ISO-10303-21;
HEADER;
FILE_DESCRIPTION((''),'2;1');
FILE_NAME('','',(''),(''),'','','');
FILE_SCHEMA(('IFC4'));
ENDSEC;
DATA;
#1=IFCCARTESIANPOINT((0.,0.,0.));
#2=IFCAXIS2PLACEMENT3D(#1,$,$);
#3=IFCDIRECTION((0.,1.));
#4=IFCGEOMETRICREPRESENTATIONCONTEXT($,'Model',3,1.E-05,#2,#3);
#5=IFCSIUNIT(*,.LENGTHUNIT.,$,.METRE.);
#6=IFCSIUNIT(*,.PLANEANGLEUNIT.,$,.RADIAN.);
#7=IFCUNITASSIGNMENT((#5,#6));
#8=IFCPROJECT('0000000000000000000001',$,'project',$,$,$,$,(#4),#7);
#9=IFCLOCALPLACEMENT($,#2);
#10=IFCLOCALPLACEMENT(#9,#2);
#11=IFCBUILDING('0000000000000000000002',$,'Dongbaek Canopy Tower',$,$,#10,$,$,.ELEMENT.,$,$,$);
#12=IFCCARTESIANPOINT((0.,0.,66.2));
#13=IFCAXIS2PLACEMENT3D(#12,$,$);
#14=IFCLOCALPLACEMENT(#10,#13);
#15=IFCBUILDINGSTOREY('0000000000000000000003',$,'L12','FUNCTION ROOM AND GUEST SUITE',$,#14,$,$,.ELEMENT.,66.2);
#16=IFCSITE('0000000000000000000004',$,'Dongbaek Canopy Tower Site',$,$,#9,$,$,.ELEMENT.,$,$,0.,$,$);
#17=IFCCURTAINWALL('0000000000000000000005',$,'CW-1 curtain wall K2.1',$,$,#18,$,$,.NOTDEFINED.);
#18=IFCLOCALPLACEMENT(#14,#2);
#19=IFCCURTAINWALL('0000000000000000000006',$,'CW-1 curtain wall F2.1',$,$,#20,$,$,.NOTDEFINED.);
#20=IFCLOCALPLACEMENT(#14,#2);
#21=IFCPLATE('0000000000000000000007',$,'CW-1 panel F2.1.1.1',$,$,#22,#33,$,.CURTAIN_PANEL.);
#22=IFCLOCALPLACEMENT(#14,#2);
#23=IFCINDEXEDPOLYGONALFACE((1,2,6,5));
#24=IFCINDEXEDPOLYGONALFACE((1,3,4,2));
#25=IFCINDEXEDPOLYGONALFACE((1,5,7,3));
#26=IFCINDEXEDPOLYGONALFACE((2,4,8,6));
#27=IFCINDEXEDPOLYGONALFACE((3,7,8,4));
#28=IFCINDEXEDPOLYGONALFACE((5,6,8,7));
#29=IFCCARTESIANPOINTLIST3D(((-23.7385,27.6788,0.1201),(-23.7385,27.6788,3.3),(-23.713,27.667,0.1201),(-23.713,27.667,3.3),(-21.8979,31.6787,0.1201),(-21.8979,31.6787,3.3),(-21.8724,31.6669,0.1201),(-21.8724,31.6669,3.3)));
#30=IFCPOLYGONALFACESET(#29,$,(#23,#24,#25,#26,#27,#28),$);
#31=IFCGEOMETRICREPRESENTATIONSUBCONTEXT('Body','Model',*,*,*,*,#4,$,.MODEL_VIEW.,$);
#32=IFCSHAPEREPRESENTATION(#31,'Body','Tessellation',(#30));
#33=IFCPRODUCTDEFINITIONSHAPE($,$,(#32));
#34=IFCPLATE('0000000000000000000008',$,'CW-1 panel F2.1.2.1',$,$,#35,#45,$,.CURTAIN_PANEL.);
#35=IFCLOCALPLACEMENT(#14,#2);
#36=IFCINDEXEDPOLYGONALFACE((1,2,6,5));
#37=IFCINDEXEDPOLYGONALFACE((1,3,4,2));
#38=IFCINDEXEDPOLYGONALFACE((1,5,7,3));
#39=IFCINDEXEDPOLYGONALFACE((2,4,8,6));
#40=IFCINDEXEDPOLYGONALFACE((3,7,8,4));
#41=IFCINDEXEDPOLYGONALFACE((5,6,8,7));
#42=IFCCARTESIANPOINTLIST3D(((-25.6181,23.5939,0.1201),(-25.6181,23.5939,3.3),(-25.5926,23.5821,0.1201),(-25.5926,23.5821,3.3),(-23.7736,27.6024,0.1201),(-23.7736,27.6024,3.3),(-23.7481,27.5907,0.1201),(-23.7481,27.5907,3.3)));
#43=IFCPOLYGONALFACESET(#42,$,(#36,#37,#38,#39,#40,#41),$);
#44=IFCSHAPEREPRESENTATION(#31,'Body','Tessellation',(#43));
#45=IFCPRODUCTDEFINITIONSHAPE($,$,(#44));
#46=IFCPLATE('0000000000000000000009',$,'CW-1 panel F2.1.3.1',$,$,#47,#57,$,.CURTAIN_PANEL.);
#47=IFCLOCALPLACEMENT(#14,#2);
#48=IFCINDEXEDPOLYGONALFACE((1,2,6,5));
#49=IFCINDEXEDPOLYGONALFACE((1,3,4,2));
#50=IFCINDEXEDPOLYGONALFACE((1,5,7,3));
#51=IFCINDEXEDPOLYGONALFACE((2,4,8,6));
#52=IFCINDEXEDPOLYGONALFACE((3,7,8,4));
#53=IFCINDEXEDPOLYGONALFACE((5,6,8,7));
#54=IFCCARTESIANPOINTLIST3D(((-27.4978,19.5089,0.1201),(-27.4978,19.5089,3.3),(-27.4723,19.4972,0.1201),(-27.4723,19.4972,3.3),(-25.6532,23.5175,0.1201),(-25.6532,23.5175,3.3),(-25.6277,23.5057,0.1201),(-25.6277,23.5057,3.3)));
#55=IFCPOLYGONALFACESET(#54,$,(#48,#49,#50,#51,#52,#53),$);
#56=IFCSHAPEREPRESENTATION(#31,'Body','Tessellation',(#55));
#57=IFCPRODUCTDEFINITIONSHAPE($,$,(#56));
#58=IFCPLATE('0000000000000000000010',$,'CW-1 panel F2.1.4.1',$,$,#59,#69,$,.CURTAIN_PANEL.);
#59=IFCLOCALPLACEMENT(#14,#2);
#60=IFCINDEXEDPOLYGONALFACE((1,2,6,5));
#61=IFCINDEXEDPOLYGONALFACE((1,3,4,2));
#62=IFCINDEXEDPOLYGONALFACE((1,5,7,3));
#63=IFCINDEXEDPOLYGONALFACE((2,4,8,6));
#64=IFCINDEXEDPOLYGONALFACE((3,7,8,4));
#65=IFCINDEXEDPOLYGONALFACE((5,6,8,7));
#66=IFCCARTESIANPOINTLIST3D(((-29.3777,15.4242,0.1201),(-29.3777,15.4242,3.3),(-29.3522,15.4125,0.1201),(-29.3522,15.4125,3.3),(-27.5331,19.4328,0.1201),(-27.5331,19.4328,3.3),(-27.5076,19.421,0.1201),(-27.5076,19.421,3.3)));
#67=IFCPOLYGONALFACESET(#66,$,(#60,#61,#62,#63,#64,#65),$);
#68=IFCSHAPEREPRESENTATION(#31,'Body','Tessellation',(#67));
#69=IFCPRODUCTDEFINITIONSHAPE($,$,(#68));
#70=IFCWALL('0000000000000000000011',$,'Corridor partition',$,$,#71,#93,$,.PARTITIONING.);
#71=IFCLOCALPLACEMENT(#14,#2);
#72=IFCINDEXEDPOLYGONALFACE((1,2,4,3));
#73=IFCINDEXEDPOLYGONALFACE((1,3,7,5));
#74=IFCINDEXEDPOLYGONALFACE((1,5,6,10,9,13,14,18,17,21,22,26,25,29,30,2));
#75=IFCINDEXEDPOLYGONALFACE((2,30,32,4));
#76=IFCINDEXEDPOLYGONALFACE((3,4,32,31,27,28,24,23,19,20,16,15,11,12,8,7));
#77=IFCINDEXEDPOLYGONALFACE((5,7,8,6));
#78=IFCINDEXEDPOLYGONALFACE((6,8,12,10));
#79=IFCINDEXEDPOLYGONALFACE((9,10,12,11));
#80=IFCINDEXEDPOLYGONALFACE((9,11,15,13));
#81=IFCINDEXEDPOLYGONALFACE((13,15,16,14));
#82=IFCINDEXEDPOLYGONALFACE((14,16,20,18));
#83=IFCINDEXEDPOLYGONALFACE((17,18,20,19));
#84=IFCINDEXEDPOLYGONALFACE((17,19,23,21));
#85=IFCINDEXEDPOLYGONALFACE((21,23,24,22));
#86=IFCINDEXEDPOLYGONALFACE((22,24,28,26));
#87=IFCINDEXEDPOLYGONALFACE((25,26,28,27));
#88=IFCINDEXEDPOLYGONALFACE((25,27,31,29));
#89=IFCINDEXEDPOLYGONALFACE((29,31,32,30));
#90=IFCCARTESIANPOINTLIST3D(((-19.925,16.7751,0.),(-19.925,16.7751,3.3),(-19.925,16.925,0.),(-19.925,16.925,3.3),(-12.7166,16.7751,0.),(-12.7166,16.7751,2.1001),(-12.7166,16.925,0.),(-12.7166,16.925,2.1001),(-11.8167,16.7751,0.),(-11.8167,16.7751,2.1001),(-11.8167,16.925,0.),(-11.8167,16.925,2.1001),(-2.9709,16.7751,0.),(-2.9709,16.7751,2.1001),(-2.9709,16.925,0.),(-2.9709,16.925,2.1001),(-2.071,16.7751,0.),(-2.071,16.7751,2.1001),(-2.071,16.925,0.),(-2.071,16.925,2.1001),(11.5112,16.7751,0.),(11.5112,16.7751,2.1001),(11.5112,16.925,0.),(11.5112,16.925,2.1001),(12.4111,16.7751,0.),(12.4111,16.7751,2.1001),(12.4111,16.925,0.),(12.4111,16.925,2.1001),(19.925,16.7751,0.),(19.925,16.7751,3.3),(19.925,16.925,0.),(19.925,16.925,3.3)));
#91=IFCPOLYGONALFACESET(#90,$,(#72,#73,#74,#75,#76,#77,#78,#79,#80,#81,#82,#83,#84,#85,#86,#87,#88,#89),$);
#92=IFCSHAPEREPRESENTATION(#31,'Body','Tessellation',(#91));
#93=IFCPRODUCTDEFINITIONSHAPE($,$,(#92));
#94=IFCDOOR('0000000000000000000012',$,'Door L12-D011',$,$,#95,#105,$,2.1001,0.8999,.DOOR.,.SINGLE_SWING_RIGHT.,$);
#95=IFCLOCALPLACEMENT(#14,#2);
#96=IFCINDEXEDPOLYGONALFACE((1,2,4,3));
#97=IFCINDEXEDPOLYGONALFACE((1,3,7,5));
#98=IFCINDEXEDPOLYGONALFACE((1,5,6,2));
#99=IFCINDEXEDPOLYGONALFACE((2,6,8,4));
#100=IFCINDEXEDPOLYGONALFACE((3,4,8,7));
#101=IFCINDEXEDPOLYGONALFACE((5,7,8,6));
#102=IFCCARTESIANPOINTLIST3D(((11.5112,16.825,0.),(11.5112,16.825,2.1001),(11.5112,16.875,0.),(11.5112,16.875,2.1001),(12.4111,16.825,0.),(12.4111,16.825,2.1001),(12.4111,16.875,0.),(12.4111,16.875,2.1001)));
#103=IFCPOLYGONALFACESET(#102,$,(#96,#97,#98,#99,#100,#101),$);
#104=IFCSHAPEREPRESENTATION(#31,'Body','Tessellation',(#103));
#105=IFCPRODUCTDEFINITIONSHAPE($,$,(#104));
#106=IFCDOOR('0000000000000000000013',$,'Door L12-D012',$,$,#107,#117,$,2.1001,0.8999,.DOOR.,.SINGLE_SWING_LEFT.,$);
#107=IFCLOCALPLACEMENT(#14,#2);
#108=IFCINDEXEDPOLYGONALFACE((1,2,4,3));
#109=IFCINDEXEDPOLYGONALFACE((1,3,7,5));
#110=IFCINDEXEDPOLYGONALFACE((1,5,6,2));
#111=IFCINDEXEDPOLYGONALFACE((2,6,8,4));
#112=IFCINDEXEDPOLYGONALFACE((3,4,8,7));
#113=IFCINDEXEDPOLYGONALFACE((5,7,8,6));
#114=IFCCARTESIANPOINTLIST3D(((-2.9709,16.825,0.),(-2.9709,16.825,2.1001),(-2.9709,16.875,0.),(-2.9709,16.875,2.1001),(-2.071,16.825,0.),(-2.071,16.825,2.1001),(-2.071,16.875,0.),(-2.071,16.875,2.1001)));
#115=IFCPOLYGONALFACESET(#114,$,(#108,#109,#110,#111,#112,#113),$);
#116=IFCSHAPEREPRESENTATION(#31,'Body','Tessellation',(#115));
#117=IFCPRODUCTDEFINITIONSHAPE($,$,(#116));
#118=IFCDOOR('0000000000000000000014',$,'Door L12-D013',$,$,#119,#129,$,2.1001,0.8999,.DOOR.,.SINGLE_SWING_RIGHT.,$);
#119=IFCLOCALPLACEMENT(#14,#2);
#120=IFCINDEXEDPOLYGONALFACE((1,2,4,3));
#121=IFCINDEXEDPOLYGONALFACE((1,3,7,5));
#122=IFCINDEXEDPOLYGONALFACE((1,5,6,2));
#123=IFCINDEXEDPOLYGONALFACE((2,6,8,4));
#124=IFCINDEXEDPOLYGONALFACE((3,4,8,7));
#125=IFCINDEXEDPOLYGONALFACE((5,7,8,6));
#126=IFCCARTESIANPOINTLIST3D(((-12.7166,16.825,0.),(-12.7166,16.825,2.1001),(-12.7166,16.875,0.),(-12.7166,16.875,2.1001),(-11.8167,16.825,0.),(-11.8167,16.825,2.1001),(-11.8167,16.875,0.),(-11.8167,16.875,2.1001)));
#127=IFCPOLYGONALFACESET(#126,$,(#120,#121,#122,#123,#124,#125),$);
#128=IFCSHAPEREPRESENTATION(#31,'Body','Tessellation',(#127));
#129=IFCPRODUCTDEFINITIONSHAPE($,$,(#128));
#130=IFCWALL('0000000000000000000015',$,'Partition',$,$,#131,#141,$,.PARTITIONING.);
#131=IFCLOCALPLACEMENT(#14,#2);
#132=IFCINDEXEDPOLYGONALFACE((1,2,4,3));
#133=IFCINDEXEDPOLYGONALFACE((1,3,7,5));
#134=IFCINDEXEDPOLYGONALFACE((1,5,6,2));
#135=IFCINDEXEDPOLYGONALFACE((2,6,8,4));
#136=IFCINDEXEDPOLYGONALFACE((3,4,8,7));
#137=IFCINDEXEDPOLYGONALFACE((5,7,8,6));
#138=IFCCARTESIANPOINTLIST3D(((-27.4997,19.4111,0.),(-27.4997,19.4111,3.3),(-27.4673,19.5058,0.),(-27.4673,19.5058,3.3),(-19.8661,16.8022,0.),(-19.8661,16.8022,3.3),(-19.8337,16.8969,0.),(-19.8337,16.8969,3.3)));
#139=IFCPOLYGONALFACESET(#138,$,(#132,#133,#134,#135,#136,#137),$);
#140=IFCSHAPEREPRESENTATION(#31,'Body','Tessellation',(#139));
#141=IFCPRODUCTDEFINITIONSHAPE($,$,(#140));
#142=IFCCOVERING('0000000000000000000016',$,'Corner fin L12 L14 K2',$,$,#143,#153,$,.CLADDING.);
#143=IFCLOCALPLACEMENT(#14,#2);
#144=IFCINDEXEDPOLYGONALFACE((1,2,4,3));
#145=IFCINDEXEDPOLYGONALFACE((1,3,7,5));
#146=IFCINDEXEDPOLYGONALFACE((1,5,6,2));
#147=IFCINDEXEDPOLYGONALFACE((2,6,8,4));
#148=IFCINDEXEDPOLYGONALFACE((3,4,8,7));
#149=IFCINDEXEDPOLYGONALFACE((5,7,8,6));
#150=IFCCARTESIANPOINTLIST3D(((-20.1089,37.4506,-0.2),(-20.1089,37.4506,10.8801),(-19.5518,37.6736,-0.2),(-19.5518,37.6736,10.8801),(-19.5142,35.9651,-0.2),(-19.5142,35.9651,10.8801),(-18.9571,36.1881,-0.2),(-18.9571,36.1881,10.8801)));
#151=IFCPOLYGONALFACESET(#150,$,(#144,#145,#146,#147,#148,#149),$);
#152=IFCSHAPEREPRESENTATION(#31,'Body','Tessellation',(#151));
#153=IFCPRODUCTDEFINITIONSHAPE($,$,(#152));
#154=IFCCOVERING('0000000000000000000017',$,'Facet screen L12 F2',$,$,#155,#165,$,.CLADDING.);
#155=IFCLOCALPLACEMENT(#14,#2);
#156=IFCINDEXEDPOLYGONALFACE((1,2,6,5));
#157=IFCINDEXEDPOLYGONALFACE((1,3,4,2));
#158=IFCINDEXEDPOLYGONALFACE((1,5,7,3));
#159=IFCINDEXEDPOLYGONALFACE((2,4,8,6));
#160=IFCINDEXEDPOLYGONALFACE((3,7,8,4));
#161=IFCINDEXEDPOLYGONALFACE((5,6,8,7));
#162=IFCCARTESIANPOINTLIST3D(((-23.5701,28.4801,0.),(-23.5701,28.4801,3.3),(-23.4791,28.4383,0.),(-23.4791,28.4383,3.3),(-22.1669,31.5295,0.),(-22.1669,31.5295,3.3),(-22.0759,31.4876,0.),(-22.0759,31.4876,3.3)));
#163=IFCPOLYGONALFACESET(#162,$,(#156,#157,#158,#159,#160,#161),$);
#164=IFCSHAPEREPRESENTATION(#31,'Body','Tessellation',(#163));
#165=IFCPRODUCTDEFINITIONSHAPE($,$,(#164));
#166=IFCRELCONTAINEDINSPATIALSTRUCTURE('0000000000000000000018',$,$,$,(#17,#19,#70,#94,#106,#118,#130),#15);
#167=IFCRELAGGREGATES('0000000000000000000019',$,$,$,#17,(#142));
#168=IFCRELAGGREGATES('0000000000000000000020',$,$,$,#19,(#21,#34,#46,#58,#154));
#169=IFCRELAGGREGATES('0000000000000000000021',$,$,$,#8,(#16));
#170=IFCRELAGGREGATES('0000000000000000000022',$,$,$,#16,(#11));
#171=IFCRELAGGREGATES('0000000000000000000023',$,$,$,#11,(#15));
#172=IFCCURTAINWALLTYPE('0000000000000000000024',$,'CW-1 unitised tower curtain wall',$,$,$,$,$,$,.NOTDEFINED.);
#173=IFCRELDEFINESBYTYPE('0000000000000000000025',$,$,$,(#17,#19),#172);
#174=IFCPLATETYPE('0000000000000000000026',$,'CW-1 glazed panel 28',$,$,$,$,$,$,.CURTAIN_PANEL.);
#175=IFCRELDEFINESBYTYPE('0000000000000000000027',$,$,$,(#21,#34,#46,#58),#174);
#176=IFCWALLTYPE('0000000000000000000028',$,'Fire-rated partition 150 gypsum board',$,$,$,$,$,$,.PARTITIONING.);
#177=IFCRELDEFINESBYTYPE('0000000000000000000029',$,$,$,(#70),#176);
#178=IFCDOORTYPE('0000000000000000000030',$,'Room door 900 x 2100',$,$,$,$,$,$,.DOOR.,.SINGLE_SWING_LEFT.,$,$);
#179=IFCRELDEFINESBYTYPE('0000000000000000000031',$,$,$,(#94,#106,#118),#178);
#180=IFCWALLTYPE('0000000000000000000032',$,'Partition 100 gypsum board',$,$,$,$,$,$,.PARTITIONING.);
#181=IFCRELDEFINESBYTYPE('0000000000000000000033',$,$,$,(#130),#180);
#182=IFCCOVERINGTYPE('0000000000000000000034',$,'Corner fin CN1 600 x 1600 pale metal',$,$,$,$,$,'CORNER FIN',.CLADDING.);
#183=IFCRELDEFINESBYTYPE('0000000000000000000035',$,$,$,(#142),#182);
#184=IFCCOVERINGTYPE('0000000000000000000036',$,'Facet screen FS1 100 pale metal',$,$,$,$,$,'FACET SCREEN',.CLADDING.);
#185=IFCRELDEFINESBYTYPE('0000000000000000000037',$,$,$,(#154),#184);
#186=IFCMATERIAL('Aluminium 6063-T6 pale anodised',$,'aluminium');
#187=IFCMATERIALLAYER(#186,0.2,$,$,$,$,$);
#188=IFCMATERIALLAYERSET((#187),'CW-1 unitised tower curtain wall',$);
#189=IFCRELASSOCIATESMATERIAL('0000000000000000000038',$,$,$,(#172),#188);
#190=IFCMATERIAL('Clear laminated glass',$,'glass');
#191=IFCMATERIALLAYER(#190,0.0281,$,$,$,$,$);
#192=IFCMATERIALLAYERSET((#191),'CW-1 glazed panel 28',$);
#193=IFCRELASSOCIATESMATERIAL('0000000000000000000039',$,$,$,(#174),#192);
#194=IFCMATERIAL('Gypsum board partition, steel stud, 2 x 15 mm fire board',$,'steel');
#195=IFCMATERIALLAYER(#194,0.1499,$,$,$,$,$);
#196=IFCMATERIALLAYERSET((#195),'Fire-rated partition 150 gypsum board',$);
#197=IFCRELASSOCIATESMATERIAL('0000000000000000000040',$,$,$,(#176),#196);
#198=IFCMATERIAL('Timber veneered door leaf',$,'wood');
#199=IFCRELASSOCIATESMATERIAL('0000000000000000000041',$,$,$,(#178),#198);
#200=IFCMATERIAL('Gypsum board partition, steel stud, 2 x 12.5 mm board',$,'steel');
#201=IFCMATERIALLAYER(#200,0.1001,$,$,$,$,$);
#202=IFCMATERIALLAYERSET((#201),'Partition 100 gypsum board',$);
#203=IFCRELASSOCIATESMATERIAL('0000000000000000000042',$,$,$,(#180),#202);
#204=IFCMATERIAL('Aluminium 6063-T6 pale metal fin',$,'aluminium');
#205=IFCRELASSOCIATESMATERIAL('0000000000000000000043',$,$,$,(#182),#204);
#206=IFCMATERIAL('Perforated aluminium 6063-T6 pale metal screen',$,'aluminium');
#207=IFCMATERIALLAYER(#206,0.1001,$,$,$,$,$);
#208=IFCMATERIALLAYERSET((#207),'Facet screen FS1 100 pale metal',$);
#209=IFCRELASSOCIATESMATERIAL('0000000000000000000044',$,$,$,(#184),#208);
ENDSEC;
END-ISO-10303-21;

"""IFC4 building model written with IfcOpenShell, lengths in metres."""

from ifc_helpers import new_model, si_unit, direction, frame, frame_2d, origin, origin_2d, place, context, subcontext, project, spatial, rectangle, extrude, material, layer, layer_set, material_profile, profile_set, type_object, element, fill, aggregate, save


model = new_model("IFC4")

# Units and contexts
model_context = context("Model", 3, precision=1e-05, world=origin(), true_north=direction((0.0, 1.0)))
body_context = subcontext(model_context, "Body", "Model", "MODEL_VIEW")
ifc_project = project(units=[si_unit("LENGTHUNIT", "METRE"), si_unit("PLANEANGLEUNIT", "RADIAN")], contexts=[model_context])

# Site, building, storey
site_placement = place(None, origin())
site = spatial("IfcSite", under=ifc_project, at=site_placement, Name="Dongbaek Canopy Tower Site", CompositionType="ELEMENT", RefElevation=0.0)
building_placement = place(site_placement, origin())
building = spatial("IfcBuilding", under=site, at=building_placement, Name="Dongbaek Canopy Tower", CompositionType="ELEMENT")
storey_placement = place(building_placement, frame((0.0, 0.0, 66.2)))
storey = spatial("IfcBuildingStorey", under=building, at=storey_placement, Name="L12", Description="FUNCTION ROOM AND GUEST SUITE", CompositionType="ELEMENT", Elevation=66.2)

# Curtain walls
ifc_material_1 = material(Name="Aluminium 6063-T6 pale anodised", Category="aluminium")
ifc_layer_1 = layer(ifc_material_1, 0.2)
ifc_layer_set_1 = layer_set([ifc_layer_1], Name="CW-1 unitised tower curtain wall")
curtain_wall_type = type_object("IfcCurtainWallType", Name="CW-1 unitised tower curtain wall", PredefinedType="NOTDEFINED", material=ifc_layer_set_1)
curtain_wall_1_placement = place(storey_placement, origin())
curtain_wall_1 = element("IfcCurtainWall", 1, at=curtain_wall_1_placement, inside=storey, type_object=curtain_wall_type, Name="CW-1 curtain wall K2.1", PredefinedType="NOTDEFINED")
curtain_wall_2_placement = place(storey_placement, origin())
curtain_wall_2 = element("IfcCurtainWall", 2, at=curtain_wall_2_placement, inside=storey, type_object=curtain_wall_type, Name="CW-1 curtain wall F2.1", PredefinedType="NOTDEFINED")

# Plates
ifc_material_2 = material(Name="Clear laminated glass", Category="glass")
ifc_layer_2 = layer(ifc_material_2, 0.0281)
ifc_layer_set_2 = layer_set([ifc_layer_2], Name="CW-1 glazed panel 28")
plate_type = type_object("IfcPlateType", Name="CW-1 glazed panel 28", PredefinedType="CURTAIN_PANEL", material=ifc_layer_set_2)
plate_1_placement = place(storey_placement, frame((-22.8054, 29.6729, 0.1201), z_axis=(0.0, 0.0, 1.0), x_axis=(-0.418025, -0.908436, 0.0)))
plate_1 = element("IfcPlate", 3, at=plate_1_placement, type_object=plate_type, Name="CW-1 panel F2.1.1.1", PredefinedType="CURTAIN_PANEL", context=body_context, shape_type="SweptSolid", body=[
    extrude(rectangle(XDim=4.4031, YDim=0.0281, at=origin_2d()), origin(), (0.0, 0.0, 1.0), 3.1799),
])
plate_2_placement = place(storey_placement, frame((-24.6831, 25.5923, 0.1201), z_axis=(0.0, 0.0, 1.0), x_axis=(-0.418025, -0.908436, 0.0)))
plate_2 = element("IfcPlate", 4, at=plate_2_placement, type_object=plate_type, Name="CW-1 panel F2.1.2.1", PredefinedType="CURTAIN_PANEL", context=body_context, shape_type="SweptSolid", body=[
    extrude(rectangle(XDim=4.4126, YDim=0.0281, at=origin_2d()), origin(), (0.0, 0.0, 1.0), 3.1799),
])
plate_3_placement = place(storey_placement, frame((-26.5627, 21.5073, 0.1201), z_axis=(0.0, 0.0, 1.0), x_axis=(-0.418025, -0.908436, 0.0)))
plate_3 = element("IfcPlate", 5, at=plate_3_placement, type_object=plate_type, Name="CW-1 panel F2.1.3.1", PredefinedType="CURTAIN_PANEL", context=body_context, shape_type="SweptSolid", body=[
    extrude(rectangle(XDim=4.4126, YDim=0.0281, at=origin_2d()), origin(), (0.0, 0.0, 1.0), 3.1799),
])
plate_4_placement = place(storey_placement, frame((-28.4426, 17.4226, 0.1201), z_axis=(0.0, 0.0, 1.0), x_axis=(-0.418025, -0.908436, 0.0)))
plate_4 = element("IfcPlate", 6, at=plate_4_placement, type_object=plate_type, Name="CW-1 panel F2.1.4.1", PredefinedType="CURTAIN_PANEL", context=body_context, shape_type="SweptSolid", body=[
    extrude(rectangle(XDim=4.4126, YDim=0.0281, at=origin_2d()), origin(), (0.0, 0.0, 1.0), 3.1799),
])

# Wall, openings, doors
ifc_material_3 = material(Name="Gypsum board partition, steel stud, 2 x 15 mm fire board", Category="steel")
ifc_layer_3 = layer(ifc_material_3, 0.1499)
ifc_layer_set_3 = layer_set([ifc_layer_3], Name="Fire-rated partition 150 gypsum board")
wall_type_1 = type_object("IfcWallType", Name="Fire-rated partition 150 gypsum board", PredefinedType="PARTITIONING", material=ifc_layer_set_3)
wall_1_placement = place(storey_placement, frame((-19.925, 16.8501, 0.0), z_axis=(0.0, 0.0, 1.0), x_axis=(1.0, 0.0, 0.0)))
wall_1 = element("IfcWall", 7, at=wall_1_placement, inside=storey, type_object=wall_type_1, Name="Corridor partition", PredefinedType="PARTITIONING", context=body_context, shape_type="SweptSolid", body=[
    extrude(rectangle(XDim=39.8501, YDim=0.1499, at=frame_2d((19.925, 0.0))), origin(), (0.0, 0.0, 1.0), 3.3),
])
opening_1_placement = place(wall_1_placement, frame((31.4363, 0.0, 0.0)))
opening_1 = element("IfcOpeningElement", 8, at=opening_1_placement, cuts=wall_1, PredefinedType="OPENING", context=body_context, shape_type="SweptSolid", body=[
    extrude(rectangle(XDim=0.8999, YDim=2.1001, at=frame_2d((0.45, 1.05))), frame((0.0, 0.085, 0.0), z_axis=(0.0, -1.0, 0.0), x_axis=(1.0, 0.0, 0.0)), (0.0, 0.0, 1.0), 0.1699),
])
opening_2_placement = place(wall_1_placement, frame((16.9541, 0.0, 0.0)))
opening_2 = element("IfcOpeningElement", 9, at=opening_2_placement, cuts=wall_1, PredefinedType="OPENING", context=body_context, shape_type="SweptSolid", body=[
    extrude(rectangle(XDim=0.8999, YDim=2.1001, at=frame_2d((0.45, 1.05))), frame((0.0, 0.085, 0.0), z_axis=(0.0, -1.0, 0.0), x_axis=(1.0, 0.0, 0.0)), (0.0, 0.0, 1.0), 0.1699),
])
opening_3_placement = place(wall_1_placement, frame((7.2085, 0.0, 0.0)))
opening_3 = element("IfcOpeningElement", 10, at=opening_3_placement, cuts=wall_1, PredefinedType="OPENING", context=body_context, shape_type="SweptSolid", body=[
    extrude(rectangle(XDim=0.8999, YDim=2.1001, at=frame_2d((0.45, 1.05))), frame((0.0, 0.085, 0.0), z_axis=(0.0, -1.0, 0.0), x_axis=(1.0, 0.0, 0.0)), (0.0, 0.0, 1.0), 0.1699),
])
ifc_material_4 = material(Name="Timber veneered door leaf", Category="wood")
door_type = type_object("IfcDoorType", Name="Room door 900 x 2100", OperationType="SINGLE_SWING_LEFT", PredefinedType="DOOR", material=ifc_material_4)
door_1_placement = place(opening_1_placement, origin())
door_1 = element("IfcDoor", 11, at=door_1_placement, inside=storey, type_object=door_type, Name="Door L12-D011", OperationType="SINGLE_SWING_RIGHT", OverallHeight=2.1001, OverallWidth=0.8999, PredefinedType="DOOR", context=body_context, shape_type="SweptSolid", body=[
    extrude(rectangle(XDim=0.8999, YDim=2.1001, at=frame_2d((0.45, 1.05))), frame((0.0, 0.0249, 0.0), z_axis=(0.0, -1.0, 0.0), x_axis=(1.0, 0.0, 0.0)), (0.0, 0.0, 1.0), 0.05),
])
fill(opening_1, door_1)
door_2_placement = place(opening_2_placement, origin())
door_2 = element("IfcDoor", 12, at=door_2_placement, inside=storey, type_object=door_type, Name="Door L12-D012", OperationType="SINGLE_SWING_LEFT", OverallHeight=2.1001, OverallWidth=0.8999, PredefinedType="DOOR", context=body_context, shape_type="SweptSolid", body=[
    extrude(rectangle(XDim=0.8999, YDim=2.1001, at=frame_2d((0.45, 1.05))), frame((0.0, 0.0249, 0.0), z_axis=(0.0, -1.0, 0.0), x_axis=(1.0, 0.0, 0.0)), (0.0, 0.0, 1.0), 0.05),
])
fill(opening_2, door_2)
door_3_placement = place(opening_3_placement, origin())
door_3 = element("IfcDoor", 13, at=door_3_placement, inside=storey, type_object=door_type, Name="Door L12-D013", OperationType="SINGLE_SWING_RIGHT", OverallHeight=2.1001, OverallWidth=0.8999, PredefinedType="DOOR", context=body_context, shape_type="SweptSolid", body=[
    extrude(rectangle(XDim=0.8999, YDim=2.1001, at=frame_2d((0.45, 1.05))), frame((0.0, 0.0249, 0.0), z_axis=(0.0, -1.0, 0.0), x_axis=(1.0, 0.0, 0.0)), (0.0, 0.0, 1.0), 0.05),
])
fill(opening_3, door_3)

# Wall
ifc_material_5 = material(Name="Gypsum board partition, steel stud, 2 x 12.5 mm board", Category="steel")
ifc_layer_4 = layer(ifc_material_5, 0.1001)
ifc_layer_set_4 = layer_set([ifc_layer_4], Name="Partition 100 gypsum board")
wall_type_2 = type_object("IfcWallType", Name="Partition 100 gypsum board", PredefinedType="PARTITIONING", material=ifc_layer_set_4)
wall_2_placement = place(storey_placement, frame((-27.4836, 19.4585, 0.0), z_axis=(0.0, 0.0, 1.0), x_axis=(0.946262, -0.3234, 0.0)))
element("IfcWall", 14, at=wall_2_placement, inside=storey, type_object=wall_type_2, Name="Partition", PredefinedType="PARTITIONING", context=body_context, shape_type="SweptSolid", body=[
    extrude(rectangle(XDim=8.0671, YDim=0.1001, at=frame_2d((4.0337, 0.0))), origin(), (0.0, 0.0, 1.0), 3.3),
])

# Coverings
ifc_material_6 = material(Name="Aluminium 6063-T6 pale metal fin", Category="aluminium")
ifc_material_profile_1 = material_profile(ifc_material_6, rectangle(XDim=1.6001, YDim=0.6001, at=origin_2d()), Name="Corner fin CN1 600 x 1600 pale metal")
ifc_profile_set_1 = profile_set([ifc_material_profile_1], Name="Aluminium 6063-T6 pale metal fin")
covering_type_1 = type_object("IfcCoveringType", Name="Corner fin CN1 600 x 1600 pale metal", ElementType="CORNER FIN", PredefinedType="CLADDING", material=ifc_profile_set_1)
covering_1_placement = place(storey_placement, frame((-19.533, 36.8193, -0.2), z_axis=(0.0, 0.0, 1.0), x_axis=(-0.371661, 0.928368, 0.0)))
covering_1 = element("IfcCovering", 15, at=covering_1_placement, type_object=covering_type_1, Name="Corner fin L12 L14 K2", PredefinedType="CLADDING", context=body_context, shape_type="SweptSolid", body=[
    extrude(rectangle(XDim=1.6001, YDim=0.6001, at=origin_2d()), origin(), (0.0, 0.0, 1.0), 11.0801),
])
aggregate(curtain_wall_1, [covering_1])
ifc_material_7 = material(Name="Perforated aluminium 6063-T6 pale metal screen", Category="aluminium")
ifc_layer_5 = layer(ifc_material_7, 0.1001)
ifc_layer_set_5 = layer_set([ifc_layer_5], Name="Facet screen FS1 100 pale metal")
covering_type_2 = type_object("IfcCoveringType", Name="Facet screen FS1 100 pale metal", ElementType="FACET SCREEN", PredefinedType="CLADDING", material=ifc_layer_set_5)
covering_2_placement = place(storey_placement, frame((-22.823, 29.9839, 0.0), z_axis=(0.0, 0.0, 1.0), x_axis=(-0.418024, -0.908436, 0.0)))
covering_2 = element("IfcCovering", 16, at=covering_2_placement, type_object=covering_type_2, Name="Facet screen L12 F2", PredefinedType="CLADDING", context=body_context, shape_type="SweptSolid", body=[
    extrude(rectangle(XDim=3.3567, YDim=0.1001, at=origin_2d()), origin(), (0.0, 0.0, 1.0), 3.3),
])
aggregate(curtain_wall_2, [plate_1, plate_2, plate_3, plate_4, covering_2])

save(model, "model.ifc")
